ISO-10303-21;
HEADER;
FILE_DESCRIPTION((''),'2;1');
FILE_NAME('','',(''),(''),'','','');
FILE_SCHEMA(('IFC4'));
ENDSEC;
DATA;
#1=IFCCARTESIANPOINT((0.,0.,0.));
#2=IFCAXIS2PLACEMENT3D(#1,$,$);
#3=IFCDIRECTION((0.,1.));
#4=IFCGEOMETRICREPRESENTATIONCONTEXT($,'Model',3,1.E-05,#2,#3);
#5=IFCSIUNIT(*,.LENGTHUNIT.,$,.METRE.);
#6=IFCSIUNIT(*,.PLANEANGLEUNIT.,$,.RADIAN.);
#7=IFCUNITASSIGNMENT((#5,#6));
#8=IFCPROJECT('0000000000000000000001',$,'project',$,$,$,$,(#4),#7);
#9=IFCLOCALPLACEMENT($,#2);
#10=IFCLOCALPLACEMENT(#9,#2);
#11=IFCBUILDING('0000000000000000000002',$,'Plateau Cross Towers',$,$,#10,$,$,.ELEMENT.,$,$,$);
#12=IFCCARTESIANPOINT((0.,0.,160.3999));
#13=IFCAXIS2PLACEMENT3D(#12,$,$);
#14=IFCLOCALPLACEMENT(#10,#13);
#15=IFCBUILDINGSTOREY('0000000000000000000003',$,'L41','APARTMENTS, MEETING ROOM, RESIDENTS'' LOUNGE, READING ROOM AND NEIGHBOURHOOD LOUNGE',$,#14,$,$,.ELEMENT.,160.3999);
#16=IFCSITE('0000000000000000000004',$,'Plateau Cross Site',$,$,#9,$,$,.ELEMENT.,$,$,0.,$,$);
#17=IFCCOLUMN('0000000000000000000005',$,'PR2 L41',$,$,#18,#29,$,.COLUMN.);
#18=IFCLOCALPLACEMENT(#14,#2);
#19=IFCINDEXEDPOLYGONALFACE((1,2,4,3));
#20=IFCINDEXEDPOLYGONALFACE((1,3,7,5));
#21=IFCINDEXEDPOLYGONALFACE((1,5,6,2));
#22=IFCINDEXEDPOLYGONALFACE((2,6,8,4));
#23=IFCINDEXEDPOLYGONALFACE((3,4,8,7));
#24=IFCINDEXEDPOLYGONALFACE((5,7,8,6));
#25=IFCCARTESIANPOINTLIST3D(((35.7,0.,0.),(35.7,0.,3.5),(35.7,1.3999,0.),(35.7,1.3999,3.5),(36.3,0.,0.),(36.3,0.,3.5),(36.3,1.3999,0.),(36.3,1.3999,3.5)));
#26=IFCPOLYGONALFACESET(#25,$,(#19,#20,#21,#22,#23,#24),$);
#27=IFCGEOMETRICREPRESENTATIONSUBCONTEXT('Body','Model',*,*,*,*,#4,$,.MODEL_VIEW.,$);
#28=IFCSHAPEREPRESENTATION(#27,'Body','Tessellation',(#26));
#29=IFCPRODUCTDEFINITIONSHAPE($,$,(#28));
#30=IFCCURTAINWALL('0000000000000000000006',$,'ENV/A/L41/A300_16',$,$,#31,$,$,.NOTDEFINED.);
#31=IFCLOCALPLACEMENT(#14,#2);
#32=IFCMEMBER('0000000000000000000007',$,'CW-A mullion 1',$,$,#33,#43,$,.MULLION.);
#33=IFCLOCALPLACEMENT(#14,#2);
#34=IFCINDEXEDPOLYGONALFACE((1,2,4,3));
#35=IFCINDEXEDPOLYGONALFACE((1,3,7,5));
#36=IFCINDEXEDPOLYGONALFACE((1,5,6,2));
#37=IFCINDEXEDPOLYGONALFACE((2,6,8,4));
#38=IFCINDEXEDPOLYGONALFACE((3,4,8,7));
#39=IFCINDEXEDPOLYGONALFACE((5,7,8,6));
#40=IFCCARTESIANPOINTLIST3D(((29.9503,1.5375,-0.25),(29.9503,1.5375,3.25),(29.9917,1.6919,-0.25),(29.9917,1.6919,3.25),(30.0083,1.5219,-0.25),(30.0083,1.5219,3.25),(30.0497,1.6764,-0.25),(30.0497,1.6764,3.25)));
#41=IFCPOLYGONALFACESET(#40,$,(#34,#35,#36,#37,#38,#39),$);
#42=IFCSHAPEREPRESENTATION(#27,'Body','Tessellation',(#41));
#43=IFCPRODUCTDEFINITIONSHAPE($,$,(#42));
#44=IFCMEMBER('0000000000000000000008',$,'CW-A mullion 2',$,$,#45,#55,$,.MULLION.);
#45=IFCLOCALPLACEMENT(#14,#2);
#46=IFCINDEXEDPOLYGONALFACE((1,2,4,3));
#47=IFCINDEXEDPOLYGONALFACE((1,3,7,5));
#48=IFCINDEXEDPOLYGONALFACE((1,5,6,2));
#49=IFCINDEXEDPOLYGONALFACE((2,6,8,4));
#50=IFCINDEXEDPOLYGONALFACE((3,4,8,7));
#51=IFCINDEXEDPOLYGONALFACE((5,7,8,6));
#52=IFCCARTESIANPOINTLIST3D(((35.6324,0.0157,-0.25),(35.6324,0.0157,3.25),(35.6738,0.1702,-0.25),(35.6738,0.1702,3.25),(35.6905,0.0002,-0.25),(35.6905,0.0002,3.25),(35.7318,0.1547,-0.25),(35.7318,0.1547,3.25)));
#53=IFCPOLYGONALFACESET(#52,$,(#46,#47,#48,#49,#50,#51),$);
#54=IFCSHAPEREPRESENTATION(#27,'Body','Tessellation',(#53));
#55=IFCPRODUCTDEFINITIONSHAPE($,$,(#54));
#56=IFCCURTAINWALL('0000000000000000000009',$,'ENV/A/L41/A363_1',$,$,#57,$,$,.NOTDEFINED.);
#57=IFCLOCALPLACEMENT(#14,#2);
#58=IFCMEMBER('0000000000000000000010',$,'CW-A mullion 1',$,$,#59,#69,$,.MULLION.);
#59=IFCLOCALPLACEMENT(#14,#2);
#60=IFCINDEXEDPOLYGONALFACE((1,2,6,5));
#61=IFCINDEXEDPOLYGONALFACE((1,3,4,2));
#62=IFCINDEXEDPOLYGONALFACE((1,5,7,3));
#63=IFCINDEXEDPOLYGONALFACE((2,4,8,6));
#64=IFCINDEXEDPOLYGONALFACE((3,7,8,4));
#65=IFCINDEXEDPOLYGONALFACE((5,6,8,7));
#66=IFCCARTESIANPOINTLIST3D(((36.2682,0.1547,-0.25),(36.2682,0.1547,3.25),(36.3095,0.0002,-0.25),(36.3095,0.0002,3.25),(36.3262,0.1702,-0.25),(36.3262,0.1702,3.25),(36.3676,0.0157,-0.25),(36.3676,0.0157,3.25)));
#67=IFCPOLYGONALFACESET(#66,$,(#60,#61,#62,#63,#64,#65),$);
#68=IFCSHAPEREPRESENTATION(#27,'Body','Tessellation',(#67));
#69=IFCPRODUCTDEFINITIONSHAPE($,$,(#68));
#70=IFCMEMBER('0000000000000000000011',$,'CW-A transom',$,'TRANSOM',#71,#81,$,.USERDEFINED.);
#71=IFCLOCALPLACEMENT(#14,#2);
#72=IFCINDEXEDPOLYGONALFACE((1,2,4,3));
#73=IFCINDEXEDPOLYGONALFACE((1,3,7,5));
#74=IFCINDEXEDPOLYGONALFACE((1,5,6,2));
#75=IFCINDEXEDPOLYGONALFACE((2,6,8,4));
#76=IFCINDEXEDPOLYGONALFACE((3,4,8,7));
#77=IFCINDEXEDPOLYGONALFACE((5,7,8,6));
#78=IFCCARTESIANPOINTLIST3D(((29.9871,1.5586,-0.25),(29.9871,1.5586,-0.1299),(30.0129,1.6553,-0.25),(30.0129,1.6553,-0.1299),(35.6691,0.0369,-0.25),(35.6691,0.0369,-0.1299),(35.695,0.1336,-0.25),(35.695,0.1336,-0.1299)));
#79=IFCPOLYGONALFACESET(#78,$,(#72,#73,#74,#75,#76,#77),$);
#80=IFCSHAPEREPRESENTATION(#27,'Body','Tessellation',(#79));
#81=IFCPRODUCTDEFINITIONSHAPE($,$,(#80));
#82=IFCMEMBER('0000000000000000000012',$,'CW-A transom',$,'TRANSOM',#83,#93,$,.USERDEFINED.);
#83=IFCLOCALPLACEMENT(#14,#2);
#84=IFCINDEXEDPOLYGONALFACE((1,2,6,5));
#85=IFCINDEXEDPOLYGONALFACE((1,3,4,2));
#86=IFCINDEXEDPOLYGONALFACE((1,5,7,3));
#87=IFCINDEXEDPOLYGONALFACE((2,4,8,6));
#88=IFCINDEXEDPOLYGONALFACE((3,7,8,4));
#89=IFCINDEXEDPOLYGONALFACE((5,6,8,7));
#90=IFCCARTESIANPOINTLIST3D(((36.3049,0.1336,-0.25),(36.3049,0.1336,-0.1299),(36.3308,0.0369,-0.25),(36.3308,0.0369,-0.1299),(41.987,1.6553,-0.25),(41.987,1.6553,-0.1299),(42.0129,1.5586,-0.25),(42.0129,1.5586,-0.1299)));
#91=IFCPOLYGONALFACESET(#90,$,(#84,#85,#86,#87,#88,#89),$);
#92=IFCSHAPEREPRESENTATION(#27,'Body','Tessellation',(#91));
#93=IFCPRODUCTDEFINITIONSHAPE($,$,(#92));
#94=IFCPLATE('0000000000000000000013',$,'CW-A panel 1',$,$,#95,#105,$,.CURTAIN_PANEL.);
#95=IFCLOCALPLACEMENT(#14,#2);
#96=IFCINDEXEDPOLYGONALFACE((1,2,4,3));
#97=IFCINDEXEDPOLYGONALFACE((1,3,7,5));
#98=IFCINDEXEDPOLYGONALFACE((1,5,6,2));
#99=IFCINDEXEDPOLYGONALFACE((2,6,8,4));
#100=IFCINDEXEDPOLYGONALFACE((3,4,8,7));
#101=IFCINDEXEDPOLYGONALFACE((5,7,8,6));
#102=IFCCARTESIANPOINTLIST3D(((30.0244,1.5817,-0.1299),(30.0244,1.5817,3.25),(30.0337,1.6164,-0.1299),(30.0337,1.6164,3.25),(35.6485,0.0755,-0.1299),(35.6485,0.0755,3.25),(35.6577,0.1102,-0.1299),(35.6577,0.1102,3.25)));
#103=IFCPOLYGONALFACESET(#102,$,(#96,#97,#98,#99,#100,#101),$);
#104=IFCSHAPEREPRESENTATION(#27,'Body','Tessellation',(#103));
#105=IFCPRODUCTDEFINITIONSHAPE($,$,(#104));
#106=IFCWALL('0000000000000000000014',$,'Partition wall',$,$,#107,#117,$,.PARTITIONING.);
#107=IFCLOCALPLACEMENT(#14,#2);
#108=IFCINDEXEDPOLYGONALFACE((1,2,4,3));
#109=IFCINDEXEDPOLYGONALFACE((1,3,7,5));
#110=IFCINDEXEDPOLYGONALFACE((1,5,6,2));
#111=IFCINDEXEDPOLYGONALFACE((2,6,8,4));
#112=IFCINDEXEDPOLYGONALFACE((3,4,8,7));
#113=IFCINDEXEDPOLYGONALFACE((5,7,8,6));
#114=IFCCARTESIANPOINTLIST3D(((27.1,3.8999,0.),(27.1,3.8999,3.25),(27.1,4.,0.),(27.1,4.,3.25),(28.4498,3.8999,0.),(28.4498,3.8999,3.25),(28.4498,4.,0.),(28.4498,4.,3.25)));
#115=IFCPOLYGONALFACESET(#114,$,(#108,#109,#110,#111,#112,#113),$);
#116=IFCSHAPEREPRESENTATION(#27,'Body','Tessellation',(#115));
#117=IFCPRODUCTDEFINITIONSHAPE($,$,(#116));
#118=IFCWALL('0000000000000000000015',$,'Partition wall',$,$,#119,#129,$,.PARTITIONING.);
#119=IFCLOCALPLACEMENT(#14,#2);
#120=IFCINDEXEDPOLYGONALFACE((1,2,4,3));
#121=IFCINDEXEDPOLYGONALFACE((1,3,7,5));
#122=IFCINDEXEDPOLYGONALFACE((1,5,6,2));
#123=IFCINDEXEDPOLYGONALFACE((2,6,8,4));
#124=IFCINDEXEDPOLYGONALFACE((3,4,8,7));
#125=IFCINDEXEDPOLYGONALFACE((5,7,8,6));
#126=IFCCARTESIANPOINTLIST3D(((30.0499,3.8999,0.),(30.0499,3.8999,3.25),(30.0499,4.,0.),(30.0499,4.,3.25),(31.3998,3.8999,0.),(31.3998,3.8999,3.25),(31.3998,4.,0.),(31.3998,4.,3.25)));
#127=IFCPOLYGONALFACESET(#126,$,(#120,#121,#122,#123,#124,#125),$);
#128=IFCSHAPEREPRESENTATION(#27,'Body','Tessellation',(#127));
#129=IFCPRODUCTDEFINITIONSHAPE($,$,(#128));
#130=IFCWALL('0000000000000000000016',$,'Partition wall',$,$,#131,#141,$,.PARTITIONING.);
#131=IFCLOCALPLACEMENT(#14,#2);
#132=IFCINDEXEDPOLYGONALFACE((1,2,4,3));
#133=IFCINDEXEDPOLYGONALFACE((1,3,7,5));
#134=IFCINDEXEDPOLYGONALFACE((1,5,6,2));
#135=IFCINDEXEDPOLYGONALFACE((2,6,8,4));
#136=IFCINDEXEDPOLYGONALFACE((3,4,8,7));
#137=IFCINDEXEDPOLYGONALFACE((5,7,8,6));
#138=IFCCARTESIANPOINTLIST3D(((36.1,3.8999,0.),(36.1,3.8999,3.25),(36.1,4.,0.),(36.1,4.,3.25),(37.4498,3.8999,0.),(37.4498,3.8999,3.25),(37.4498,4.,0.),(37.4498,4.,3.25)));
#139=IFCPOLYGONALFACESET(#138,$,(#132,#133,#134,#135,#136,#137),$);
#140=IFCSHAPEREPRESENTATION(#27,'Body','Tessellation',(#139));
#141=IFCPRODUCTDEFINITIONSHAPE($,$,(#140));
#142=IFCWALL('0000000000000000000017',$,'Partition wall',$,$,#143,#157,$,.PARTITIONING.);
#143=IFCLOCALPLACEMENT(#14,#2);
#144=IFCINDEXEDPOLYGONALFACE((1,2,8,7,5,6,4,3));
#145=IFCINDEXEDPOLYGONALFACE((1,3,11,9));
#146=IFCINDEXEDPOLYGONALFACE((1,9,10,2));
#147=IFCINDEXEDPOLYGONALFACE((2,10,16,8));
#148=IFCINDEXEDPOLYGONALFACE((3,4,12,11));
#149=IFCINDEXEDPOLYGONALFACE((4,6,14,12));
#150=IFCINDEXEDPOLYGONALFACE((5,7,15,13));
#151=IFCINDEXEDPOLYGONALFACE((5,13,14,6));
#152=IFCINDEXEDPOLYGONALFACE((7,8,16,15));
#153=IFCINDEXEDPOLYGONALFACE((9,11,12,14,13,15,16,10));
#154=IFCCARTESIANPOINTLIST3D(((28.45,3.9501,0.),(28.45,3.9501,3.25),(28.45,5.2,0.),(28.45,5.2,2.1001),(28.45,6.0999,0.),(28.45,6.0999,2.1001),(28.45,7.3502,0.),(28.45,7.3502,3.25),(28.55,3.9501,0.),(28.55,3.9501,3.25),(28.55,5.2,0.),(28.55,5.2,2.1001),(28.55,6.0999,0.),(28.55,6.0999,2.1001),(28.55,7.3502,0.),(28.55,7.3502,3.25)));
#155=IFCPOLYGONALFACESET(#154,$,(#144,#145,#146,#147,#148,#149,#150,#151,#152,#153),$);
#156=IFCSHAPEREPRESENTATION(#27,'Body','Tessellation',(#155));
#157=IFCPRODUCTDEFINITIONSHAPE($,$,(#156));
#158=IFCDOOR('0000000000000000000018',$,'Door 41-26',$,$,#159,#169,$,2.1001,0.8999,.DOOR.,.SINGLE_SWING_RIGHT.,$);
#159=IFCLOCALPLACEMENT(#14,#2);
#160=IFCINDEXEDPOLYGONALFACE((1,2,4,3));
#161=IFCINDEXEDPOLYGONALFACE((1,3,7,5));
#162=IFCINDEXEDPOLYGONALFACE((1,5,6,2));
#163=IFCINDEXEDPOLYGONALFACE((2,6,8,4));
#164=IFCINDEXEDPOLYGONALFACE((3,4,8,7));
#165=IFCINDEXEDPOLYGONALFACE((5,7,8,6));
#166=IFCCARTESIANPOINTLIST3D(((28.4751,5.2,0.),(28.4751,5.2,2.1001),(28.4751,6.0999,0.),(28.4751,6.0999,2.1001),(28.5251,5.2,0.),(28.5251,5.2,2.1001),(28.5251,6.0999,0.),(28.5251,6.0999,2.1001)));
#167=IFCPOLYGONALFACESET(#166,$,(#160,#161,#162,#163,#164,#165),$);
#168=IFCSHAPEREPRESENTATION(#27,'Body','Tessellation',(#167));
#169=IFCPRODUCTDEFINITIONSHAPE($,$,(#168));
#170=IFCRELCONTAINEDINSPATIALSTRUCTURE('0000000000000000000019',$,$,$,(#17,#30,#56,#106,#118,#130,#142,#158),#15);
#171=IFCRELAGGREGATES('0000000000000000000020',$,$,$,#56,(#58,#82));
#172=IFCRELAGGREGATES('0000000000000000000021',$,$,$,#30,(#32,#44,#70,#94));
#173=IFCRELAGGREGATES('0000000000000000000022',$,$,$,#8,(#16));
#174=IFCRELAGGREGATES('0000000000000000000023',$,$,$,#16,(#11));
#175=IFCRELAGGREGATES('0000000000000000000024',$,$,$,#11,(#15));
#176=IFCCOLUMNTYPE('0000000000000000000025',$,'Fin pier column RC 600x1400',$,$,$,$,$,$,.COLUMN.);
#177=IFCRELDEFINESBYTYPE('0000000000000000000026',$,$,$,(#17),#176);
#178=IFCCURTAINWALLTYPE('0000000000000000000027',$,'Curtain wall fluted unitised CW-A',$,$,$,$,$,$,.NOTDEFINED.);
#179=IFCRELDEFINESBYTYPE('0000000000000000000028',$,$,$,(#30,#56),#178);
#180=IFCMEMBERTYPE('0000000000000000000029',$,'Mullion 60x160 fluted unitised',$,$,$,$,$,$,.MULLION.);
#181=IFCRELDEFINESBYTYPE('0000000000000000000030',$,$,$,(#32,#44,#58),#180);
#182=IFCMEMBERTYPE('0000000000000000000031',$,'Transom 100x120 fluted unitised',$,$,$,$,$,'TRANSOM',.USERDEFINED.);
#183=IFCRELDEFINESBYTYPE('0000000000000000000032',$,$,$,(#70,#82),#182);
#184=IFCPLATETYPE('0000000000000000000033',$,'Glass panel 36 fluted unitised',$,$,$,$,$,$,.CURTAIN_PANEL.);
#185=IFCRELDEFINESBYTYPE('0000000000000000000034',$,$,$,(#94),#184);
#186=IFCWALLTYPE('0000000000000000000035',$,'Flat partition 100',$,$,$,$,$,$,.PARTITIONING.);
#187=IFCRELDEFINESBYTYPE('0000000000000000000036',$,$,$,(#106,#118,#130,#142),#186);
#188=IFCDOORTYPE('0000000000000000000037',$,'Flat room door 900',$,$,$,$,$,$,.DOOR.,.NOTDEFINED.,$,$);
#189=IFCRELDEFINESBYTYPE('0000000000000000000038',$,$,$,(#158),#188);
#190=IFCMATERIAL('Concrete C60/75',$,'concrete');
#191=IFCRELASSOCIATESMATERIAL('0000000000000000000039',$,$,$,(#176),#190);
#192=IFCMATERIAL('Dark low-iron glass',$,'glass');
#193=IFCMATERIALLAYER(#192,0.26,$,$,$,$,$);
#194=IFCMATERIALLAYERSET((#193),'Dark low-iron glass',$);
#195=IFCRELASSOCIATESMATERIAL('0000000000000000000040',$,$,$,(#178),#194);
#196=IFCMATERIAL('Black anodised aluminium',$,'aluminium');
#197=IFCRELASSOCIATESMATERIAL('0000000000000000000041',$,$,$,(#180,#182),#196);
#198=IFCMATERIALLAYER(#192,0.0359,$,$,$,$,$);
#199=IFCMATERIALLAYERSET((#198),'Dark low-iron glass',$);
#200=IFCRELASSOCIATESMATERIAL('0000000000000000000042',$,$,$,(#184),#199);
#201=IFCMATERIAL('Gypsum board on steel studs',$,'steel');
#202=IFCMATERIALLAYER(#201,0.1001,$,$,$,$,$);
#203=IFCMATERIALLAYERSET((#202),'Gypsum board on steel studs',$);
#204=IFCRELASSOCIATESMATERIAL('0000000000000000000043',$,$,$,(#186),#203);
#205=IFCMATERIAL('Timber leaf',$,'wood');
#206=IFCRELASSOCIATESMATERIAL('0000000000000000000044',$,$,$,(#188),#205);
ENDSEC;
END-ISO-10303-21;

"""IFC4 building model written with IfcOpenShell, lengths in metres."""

from ifc_helpers import new_model, si_unit, direction, frame, frame_2d, origin, origin_2d, place, context, subcontext, project, spatial, rectangle, extrude, material, layer, layer_set, material_profile, profile_set, type_object, element, fill, aggregate, save


model = new_model("IFC4")

# Units and contexts
model_context = context("Model", 3, precision=1e-05, world=origin(), true_north=direction((0.0, 1.0)))
body_context = subcontext(model_context, "Body", "Model", "MODEL_VIEW")
ifc_project = project(units=[si_unit("LENGTHUNIT", "METRE"), si_unit("PLANEANGLEUNIT", "RADIAN")], contexts=[model_context])

# Site, building, storey
site_placement = place(None, origin())
site = spatial("IfcSite", under=ifc_project, at=site_placement, Name="Plateau Cross Site", CompositionType="ELEMENT", RefElevation=0.0)
building_placement = place(site_placement, origin())
building = spatial("IfcBuilding", under=site, at=building_placement, Name="Plateau Cross Towers", CompositionType="ELEMENT")
storey_placement = place(building_placement, frame((0.0, 0.0, 160.3999)))
storey = spatial("IfcBuildingStorey", under=building, at=storey_placement, Name="L41", Description="APARTMENTS, MEETING ROOM, RESIDENTS' LOUNGE, READING ROOM AND NEIGHBOURHOOD LOUNGE", CompositionType="ELEMENT", Elevation=160.3999)

# Column
ifc_material_1 = material(Name="Concrete C60/75", Category="concrete")
ifc_material_profile_1 = material_profile(ifc_material_1, rectangle(XDim=0.6001, YDim=1.3999, at=origin_2d()), Name="RC 600x1400")
ifc_profile_set_1 = profile_set([ifc_material_profile_1], Name="Concrete C60/75")
column_type = type_object("IfcColumnType", Name="Fin pier column RC 600x1400", PredefinedType="COLUMN", material=ifc_profile_set_1)
column_placement = place(storey_placement, frame((36.0, 0.7, 0.0), z_axis=(0.0, 0.0, 1.0), x_axis=(1.0, 0.0, 0.0)))
element("IfcColumn", 1, at=column_placement, inside=storey, type_object=column_type, Name="PR2 L41", PredefinedType="COLUMN", context=body_context, shape_type="SweptSolid", body=[
    extrude(rectangle(XDim=0.6001, YDim=1.3999, at=origin_2d()), origin(), (0.0, 0.0, 1.0), 3.5),
])

# Curtain wall, members
ifc_material_2 = material(Name="Dark low-iron glass", Category="glass")
ifc_layer_1 = layer(ifc_material_2, 0.26)
ifc_layer_set_1 = layer_set([ifc_layer_1], Name="Dark low-iron glass")
curtain_wall_type = type_object("IfcCurtainWallType", Name="Curtain wall fluted unitised CW-A", PredefinedType="NOTDEFINED", material=ifc_layer_set_1)
curtain_wall_1_placement = place(storey_placement, origin())
curtain_wall_1 = element("IfcCurtainWall", 2, at=curtain_wall_1_placement, inside=storey, type_object=curtain_wall_type, Name="ENV/A/L41/A300_16", PredefinedType="NOTDEFINED")
ifc_material_3 = material(Name="Black anodised aluminium", Category="aluminium")
ifc_material_profile_2 = material_profile(ifc_material_3, rectangle(XDim=0.0601, YDim=0.1599, at=origin_2d()), Name="MULLION 60x160")
ifc_profile_set_2 = profile_set([ifc_material_profile_2], Name="Black anodised aluminium")
member_type_1 = type_object("IfcMemberType", Name="Mullion 60x160 fluted unitised", PredefinedType="MULLION", material=ifc_profile_set_2)
member_1_placement = place(storey_placement, frame((30.0, 1.6069, -0.25), z_axis=(0.0, 0.0, 1.0), x_axis=(0.965958, -0.258699, 0.0)))
member_1 = element("IfcMember", 3, at=member_1_placement, type_object=member_type_1, Name="CW-A mullion 1", PredefinedType="MULLION", context=body_context, shape_type="SweptSolid", body=[
    extrude(rectangle(XDim=0.0601, YDim=0.1599, at=origin_2d()), origin(), (0.0, 0.0, 1.0), 3.5),
])
member_2_placement = place(storey_placement, frame((35.6821, 0.0852, -0.25), z_axis=(0.0, 0.0, 1.0), x_axis=(0.965958, -0.258699, 0.0)))
member_2 = element("IfcMember", 4, at=member_2_placement, type_object=member_type_1, Name="CW-A mullion 2", PredefinedType="MULLION", context=body_context, shape_type="SweptSolid", body=[
    extrude(rectangle(XDim=0.0601, YDim=0.1599, at=origin_2d()), origin(), (0.0, 0.0, 1.0), 3.5),
])

# Curtain wall, member
curtain_wall_2_placement = place(storey_placement, origin())
curtain_wall_2 = element("IfcCurtainWall", 5, at=curtain_wall_2_placement, inside=storey, type_object=curtain_wall_type, Name="ENV/A/L41/A363_1", PredefinedType="NOTDEFINED")
member_3_placement = place(storey_placement, frame((36.3179, 0.0852, -0.25), z_axis=(0.0, 0.0, 1.0), x_axis=(0.965958, 0.258699, 0.0)))
member_3 = element("IfcMember", 6, at=member_3_placement, type_object=member_type_1, Name="CW-A mullion 1", PredefinedType="MULLION", context=body_context, shape_type="SweptSolid", body=[
    extrude(rectangle(XDim=0.0601, YDim=0.1599, at=origin_2d()), origin(), (0.0, 0.0, 1.0), 3.5),
])

# Members
ifc_material_profile_3 = material_profile(ifc_material_3, rectangle(XDim=0.1001, YDim=0.1201, at=origin_2d()), Name="TRANSOM 100x120")
ifc_profile_set_3 = profile_set([ifc_material_profile_3], Name="Black anodised aluminium")
member_type_2 = type_object("IfcMemberType", Name="Transom 100x120 fluted unitised", ElementType="TRANSOM", PredefinedType="USERDEFINED", material=ifc_profile_set_3)
member_4_placement = place(storey_placement, frame((30.0, 1.6069, -0.1899), z_axis=(0.96596, -0.258693, 0.0), x_axis=(0.258693, 0.96596, 0.0)))
member_4 = element("IfcMember", 7, at=member_4_placement, type_object=member_type_2, Name="CW-A transom", ObjectType="TRANSOM", PredefinedType="USERDEFINED", context=body_context, shape_type="SweptSolid", body=[
    extrude(rectangle(XDim=0.1001, YDim=0.1201, at=origin_2d()), origin(), (0.0, 0.0, 1.0), 5.8823),
])
member_5_placement = place(storey_placement, frame((36.3179, 0.0852, -0.1899), z_axis=(0.96596, 0.258693, 0.0), x_axis=(-0.258693, 0.96596, 0.0)))
member_5 = element("IfcMember", 8, at=member_5_placement, type_object=member_type_2, Name="CW-A transom", ObjectType="TRANSOM", PredefinedType="USERDEFINED", context=body_context, shape_type="SweptSolid", body=[
    extrude(rectangle(XDim=0.1001, YDim=0.1201, at=origin_2d()), origin(), (0.0, 0.0, 1.0), 5.8823),
])
aggregate(curtain_wall_2, [member_3, member_5])

# Plate
ifc_layer_2 = layer(ifc_material_2, 0.0359)
ifc_layer_set_2 = layer_set([ifc_layer_2], Name="Dark low-iron glass")
plate_type = type_object("IfcPlateType", Name="Glass panel 36 fluted unitised", PredefinedType="CURTAIN_PANEL", material=ifc_layer_set_2)
plate_placement = place(storey_placement, frame((32.8411, 0.8459, -0.1299), z_axis=(0.0, 0.0, 1.0), x_axis=(0.965958, -0.258699, 0.0)))
plate = element("IfcPlate", 9, at=plate_placement, type_object=plate_type, Name="CW-A panel 1", PredefinedType="CURTAIN_PANEL", context=body_context, shape_type="SweptSolid", body=[
    extrude(rectangle(XDim=5.8223, YDim=0.0359, at=origin_2d()), origin(), (0.0, 0.0, 1.0), 3.3799),
])
aggregate(curtain_wall_1, [member_1, member_2, member_4, plate])

# Walls
ifc_material_4 = material(Name="Gypsum board on steel studs", Category="steel")
ifc_layer_3 = layer(ifc_material_4, 0.1001)
ifc_layer_set_3 = layer_set([ifc_layer_3], Name="Gypsum board on steel studs")
wall_type_1 = type_object("IfcWallType", Name="Flat partition 100", PredefinedType="PARTITIONING", material=ifc_layer_set_3)
for number, where, z_axis, x_axis, name in (
    (10, (27.1001, 3.95, 0.0), (0.0, 0.0, 1.0), (1.0, 0.0, 0.0), "Partition wall"),
    (11, (30.05, 3.95, 0.0), (0.0, 0.0, 1.0), (1.0, 0.0, 0.0), "Partition wall"),
    (12, (36.1001, 3.95, 0.0), (0.0, 0.0, 1.0), (1.0, 0.0, 0.0), "Partition wall"),
):
    element("IfcWall", number, at=place(storey_placement, frame(where, z_axis=z_axis, x_axis=x_axis)), inside=storey, type_object=wall_type_1, Name=name, PredefinedType="PARTITIONING", context=body_context, shape_type="SweptSolid", body=[
        extrude(rectangle(XDim=1.3499, YDim=0.1001, at=frame_2d((0.6748, 0.0))), origin(), (0.0, 0.0, 1.0), 3.25),
    ])

# Wall, opening, door
wall_1_placement = place(storey_placement, frame((28.5, 3.95, 0.0), z_axis=(0.0, 0.0, 1.0), x_axis=(0.0, 1.0, 0.0)))
wall_1 = element("IfcWall", 13, at=wall_1_placement, inside=storey, type_object=wall_type_1, Name="Partition wall", PredefinedType="PARTITIONING", context=body_context, shape_type="SweptSolid", body=[
    extrude(rectangle(XDim=3.4001, YDim=0.1001, at=frame_2d((1.7002, 0.0))), origin(), (0.0, 0.0, 1.0), 3.25),
])
opening_1_placement = place(wall_1_placement, frame((1.25, 0.0, 0.0)))
opening_1 = element("IfcOpeningElement", 14, at=opening_1_placement, cuts=wall_1, PredefinedType="OPENING", context=body_context, shape_type="SweptSolid", body=[
    extrude(rectangle(XDim=0.8999, YDim=2.1001, at=frame_2d((0.45, 1.05))), frame((0.0, 0.0601, 0.0), z_axis=(0.0, -1.0, 0.0), x_axis=(1.0, 0.0, 0.0)), (0.0, 0.0, 1.0), 0.1201),
])
ifc_material_5 = material(Name="Timber leaf", Category="wood")
door_type_1 = type_object("IfcDoorType", Name="Flat room door 900", OperationType="NOTDEFINED", PredefinedType="DOOR", material=ifc_material_5)
door_1_placement = place(opening_1_placement, origin())
door_1 = element("IfcDoor", 15, at=door_1_placement, inside=storey, type_object=door_type_1, Name="Door 41-26", OperationType="SINGLE_SWING_RIGHT", OverallHeight=2.1001, OverallWidth=0.8999, PredefinedType="DOOR", context=body_context, shape_type="SweptSolid", body=[
    extrude(rectangle(XDim=0.8999, YDim=2.1001, at=frame_2d((0.45, 1.05))), frame((0.0, 0.0249, 0.0), z_axis=(0.0, -1.0, 0.0), x_axis=(1.0, 0.0, 0.0)), (0.0, 0.0, 1.0), 0.05),
])
fill(opening_1, door_1)

save(model, "model.ifc")
